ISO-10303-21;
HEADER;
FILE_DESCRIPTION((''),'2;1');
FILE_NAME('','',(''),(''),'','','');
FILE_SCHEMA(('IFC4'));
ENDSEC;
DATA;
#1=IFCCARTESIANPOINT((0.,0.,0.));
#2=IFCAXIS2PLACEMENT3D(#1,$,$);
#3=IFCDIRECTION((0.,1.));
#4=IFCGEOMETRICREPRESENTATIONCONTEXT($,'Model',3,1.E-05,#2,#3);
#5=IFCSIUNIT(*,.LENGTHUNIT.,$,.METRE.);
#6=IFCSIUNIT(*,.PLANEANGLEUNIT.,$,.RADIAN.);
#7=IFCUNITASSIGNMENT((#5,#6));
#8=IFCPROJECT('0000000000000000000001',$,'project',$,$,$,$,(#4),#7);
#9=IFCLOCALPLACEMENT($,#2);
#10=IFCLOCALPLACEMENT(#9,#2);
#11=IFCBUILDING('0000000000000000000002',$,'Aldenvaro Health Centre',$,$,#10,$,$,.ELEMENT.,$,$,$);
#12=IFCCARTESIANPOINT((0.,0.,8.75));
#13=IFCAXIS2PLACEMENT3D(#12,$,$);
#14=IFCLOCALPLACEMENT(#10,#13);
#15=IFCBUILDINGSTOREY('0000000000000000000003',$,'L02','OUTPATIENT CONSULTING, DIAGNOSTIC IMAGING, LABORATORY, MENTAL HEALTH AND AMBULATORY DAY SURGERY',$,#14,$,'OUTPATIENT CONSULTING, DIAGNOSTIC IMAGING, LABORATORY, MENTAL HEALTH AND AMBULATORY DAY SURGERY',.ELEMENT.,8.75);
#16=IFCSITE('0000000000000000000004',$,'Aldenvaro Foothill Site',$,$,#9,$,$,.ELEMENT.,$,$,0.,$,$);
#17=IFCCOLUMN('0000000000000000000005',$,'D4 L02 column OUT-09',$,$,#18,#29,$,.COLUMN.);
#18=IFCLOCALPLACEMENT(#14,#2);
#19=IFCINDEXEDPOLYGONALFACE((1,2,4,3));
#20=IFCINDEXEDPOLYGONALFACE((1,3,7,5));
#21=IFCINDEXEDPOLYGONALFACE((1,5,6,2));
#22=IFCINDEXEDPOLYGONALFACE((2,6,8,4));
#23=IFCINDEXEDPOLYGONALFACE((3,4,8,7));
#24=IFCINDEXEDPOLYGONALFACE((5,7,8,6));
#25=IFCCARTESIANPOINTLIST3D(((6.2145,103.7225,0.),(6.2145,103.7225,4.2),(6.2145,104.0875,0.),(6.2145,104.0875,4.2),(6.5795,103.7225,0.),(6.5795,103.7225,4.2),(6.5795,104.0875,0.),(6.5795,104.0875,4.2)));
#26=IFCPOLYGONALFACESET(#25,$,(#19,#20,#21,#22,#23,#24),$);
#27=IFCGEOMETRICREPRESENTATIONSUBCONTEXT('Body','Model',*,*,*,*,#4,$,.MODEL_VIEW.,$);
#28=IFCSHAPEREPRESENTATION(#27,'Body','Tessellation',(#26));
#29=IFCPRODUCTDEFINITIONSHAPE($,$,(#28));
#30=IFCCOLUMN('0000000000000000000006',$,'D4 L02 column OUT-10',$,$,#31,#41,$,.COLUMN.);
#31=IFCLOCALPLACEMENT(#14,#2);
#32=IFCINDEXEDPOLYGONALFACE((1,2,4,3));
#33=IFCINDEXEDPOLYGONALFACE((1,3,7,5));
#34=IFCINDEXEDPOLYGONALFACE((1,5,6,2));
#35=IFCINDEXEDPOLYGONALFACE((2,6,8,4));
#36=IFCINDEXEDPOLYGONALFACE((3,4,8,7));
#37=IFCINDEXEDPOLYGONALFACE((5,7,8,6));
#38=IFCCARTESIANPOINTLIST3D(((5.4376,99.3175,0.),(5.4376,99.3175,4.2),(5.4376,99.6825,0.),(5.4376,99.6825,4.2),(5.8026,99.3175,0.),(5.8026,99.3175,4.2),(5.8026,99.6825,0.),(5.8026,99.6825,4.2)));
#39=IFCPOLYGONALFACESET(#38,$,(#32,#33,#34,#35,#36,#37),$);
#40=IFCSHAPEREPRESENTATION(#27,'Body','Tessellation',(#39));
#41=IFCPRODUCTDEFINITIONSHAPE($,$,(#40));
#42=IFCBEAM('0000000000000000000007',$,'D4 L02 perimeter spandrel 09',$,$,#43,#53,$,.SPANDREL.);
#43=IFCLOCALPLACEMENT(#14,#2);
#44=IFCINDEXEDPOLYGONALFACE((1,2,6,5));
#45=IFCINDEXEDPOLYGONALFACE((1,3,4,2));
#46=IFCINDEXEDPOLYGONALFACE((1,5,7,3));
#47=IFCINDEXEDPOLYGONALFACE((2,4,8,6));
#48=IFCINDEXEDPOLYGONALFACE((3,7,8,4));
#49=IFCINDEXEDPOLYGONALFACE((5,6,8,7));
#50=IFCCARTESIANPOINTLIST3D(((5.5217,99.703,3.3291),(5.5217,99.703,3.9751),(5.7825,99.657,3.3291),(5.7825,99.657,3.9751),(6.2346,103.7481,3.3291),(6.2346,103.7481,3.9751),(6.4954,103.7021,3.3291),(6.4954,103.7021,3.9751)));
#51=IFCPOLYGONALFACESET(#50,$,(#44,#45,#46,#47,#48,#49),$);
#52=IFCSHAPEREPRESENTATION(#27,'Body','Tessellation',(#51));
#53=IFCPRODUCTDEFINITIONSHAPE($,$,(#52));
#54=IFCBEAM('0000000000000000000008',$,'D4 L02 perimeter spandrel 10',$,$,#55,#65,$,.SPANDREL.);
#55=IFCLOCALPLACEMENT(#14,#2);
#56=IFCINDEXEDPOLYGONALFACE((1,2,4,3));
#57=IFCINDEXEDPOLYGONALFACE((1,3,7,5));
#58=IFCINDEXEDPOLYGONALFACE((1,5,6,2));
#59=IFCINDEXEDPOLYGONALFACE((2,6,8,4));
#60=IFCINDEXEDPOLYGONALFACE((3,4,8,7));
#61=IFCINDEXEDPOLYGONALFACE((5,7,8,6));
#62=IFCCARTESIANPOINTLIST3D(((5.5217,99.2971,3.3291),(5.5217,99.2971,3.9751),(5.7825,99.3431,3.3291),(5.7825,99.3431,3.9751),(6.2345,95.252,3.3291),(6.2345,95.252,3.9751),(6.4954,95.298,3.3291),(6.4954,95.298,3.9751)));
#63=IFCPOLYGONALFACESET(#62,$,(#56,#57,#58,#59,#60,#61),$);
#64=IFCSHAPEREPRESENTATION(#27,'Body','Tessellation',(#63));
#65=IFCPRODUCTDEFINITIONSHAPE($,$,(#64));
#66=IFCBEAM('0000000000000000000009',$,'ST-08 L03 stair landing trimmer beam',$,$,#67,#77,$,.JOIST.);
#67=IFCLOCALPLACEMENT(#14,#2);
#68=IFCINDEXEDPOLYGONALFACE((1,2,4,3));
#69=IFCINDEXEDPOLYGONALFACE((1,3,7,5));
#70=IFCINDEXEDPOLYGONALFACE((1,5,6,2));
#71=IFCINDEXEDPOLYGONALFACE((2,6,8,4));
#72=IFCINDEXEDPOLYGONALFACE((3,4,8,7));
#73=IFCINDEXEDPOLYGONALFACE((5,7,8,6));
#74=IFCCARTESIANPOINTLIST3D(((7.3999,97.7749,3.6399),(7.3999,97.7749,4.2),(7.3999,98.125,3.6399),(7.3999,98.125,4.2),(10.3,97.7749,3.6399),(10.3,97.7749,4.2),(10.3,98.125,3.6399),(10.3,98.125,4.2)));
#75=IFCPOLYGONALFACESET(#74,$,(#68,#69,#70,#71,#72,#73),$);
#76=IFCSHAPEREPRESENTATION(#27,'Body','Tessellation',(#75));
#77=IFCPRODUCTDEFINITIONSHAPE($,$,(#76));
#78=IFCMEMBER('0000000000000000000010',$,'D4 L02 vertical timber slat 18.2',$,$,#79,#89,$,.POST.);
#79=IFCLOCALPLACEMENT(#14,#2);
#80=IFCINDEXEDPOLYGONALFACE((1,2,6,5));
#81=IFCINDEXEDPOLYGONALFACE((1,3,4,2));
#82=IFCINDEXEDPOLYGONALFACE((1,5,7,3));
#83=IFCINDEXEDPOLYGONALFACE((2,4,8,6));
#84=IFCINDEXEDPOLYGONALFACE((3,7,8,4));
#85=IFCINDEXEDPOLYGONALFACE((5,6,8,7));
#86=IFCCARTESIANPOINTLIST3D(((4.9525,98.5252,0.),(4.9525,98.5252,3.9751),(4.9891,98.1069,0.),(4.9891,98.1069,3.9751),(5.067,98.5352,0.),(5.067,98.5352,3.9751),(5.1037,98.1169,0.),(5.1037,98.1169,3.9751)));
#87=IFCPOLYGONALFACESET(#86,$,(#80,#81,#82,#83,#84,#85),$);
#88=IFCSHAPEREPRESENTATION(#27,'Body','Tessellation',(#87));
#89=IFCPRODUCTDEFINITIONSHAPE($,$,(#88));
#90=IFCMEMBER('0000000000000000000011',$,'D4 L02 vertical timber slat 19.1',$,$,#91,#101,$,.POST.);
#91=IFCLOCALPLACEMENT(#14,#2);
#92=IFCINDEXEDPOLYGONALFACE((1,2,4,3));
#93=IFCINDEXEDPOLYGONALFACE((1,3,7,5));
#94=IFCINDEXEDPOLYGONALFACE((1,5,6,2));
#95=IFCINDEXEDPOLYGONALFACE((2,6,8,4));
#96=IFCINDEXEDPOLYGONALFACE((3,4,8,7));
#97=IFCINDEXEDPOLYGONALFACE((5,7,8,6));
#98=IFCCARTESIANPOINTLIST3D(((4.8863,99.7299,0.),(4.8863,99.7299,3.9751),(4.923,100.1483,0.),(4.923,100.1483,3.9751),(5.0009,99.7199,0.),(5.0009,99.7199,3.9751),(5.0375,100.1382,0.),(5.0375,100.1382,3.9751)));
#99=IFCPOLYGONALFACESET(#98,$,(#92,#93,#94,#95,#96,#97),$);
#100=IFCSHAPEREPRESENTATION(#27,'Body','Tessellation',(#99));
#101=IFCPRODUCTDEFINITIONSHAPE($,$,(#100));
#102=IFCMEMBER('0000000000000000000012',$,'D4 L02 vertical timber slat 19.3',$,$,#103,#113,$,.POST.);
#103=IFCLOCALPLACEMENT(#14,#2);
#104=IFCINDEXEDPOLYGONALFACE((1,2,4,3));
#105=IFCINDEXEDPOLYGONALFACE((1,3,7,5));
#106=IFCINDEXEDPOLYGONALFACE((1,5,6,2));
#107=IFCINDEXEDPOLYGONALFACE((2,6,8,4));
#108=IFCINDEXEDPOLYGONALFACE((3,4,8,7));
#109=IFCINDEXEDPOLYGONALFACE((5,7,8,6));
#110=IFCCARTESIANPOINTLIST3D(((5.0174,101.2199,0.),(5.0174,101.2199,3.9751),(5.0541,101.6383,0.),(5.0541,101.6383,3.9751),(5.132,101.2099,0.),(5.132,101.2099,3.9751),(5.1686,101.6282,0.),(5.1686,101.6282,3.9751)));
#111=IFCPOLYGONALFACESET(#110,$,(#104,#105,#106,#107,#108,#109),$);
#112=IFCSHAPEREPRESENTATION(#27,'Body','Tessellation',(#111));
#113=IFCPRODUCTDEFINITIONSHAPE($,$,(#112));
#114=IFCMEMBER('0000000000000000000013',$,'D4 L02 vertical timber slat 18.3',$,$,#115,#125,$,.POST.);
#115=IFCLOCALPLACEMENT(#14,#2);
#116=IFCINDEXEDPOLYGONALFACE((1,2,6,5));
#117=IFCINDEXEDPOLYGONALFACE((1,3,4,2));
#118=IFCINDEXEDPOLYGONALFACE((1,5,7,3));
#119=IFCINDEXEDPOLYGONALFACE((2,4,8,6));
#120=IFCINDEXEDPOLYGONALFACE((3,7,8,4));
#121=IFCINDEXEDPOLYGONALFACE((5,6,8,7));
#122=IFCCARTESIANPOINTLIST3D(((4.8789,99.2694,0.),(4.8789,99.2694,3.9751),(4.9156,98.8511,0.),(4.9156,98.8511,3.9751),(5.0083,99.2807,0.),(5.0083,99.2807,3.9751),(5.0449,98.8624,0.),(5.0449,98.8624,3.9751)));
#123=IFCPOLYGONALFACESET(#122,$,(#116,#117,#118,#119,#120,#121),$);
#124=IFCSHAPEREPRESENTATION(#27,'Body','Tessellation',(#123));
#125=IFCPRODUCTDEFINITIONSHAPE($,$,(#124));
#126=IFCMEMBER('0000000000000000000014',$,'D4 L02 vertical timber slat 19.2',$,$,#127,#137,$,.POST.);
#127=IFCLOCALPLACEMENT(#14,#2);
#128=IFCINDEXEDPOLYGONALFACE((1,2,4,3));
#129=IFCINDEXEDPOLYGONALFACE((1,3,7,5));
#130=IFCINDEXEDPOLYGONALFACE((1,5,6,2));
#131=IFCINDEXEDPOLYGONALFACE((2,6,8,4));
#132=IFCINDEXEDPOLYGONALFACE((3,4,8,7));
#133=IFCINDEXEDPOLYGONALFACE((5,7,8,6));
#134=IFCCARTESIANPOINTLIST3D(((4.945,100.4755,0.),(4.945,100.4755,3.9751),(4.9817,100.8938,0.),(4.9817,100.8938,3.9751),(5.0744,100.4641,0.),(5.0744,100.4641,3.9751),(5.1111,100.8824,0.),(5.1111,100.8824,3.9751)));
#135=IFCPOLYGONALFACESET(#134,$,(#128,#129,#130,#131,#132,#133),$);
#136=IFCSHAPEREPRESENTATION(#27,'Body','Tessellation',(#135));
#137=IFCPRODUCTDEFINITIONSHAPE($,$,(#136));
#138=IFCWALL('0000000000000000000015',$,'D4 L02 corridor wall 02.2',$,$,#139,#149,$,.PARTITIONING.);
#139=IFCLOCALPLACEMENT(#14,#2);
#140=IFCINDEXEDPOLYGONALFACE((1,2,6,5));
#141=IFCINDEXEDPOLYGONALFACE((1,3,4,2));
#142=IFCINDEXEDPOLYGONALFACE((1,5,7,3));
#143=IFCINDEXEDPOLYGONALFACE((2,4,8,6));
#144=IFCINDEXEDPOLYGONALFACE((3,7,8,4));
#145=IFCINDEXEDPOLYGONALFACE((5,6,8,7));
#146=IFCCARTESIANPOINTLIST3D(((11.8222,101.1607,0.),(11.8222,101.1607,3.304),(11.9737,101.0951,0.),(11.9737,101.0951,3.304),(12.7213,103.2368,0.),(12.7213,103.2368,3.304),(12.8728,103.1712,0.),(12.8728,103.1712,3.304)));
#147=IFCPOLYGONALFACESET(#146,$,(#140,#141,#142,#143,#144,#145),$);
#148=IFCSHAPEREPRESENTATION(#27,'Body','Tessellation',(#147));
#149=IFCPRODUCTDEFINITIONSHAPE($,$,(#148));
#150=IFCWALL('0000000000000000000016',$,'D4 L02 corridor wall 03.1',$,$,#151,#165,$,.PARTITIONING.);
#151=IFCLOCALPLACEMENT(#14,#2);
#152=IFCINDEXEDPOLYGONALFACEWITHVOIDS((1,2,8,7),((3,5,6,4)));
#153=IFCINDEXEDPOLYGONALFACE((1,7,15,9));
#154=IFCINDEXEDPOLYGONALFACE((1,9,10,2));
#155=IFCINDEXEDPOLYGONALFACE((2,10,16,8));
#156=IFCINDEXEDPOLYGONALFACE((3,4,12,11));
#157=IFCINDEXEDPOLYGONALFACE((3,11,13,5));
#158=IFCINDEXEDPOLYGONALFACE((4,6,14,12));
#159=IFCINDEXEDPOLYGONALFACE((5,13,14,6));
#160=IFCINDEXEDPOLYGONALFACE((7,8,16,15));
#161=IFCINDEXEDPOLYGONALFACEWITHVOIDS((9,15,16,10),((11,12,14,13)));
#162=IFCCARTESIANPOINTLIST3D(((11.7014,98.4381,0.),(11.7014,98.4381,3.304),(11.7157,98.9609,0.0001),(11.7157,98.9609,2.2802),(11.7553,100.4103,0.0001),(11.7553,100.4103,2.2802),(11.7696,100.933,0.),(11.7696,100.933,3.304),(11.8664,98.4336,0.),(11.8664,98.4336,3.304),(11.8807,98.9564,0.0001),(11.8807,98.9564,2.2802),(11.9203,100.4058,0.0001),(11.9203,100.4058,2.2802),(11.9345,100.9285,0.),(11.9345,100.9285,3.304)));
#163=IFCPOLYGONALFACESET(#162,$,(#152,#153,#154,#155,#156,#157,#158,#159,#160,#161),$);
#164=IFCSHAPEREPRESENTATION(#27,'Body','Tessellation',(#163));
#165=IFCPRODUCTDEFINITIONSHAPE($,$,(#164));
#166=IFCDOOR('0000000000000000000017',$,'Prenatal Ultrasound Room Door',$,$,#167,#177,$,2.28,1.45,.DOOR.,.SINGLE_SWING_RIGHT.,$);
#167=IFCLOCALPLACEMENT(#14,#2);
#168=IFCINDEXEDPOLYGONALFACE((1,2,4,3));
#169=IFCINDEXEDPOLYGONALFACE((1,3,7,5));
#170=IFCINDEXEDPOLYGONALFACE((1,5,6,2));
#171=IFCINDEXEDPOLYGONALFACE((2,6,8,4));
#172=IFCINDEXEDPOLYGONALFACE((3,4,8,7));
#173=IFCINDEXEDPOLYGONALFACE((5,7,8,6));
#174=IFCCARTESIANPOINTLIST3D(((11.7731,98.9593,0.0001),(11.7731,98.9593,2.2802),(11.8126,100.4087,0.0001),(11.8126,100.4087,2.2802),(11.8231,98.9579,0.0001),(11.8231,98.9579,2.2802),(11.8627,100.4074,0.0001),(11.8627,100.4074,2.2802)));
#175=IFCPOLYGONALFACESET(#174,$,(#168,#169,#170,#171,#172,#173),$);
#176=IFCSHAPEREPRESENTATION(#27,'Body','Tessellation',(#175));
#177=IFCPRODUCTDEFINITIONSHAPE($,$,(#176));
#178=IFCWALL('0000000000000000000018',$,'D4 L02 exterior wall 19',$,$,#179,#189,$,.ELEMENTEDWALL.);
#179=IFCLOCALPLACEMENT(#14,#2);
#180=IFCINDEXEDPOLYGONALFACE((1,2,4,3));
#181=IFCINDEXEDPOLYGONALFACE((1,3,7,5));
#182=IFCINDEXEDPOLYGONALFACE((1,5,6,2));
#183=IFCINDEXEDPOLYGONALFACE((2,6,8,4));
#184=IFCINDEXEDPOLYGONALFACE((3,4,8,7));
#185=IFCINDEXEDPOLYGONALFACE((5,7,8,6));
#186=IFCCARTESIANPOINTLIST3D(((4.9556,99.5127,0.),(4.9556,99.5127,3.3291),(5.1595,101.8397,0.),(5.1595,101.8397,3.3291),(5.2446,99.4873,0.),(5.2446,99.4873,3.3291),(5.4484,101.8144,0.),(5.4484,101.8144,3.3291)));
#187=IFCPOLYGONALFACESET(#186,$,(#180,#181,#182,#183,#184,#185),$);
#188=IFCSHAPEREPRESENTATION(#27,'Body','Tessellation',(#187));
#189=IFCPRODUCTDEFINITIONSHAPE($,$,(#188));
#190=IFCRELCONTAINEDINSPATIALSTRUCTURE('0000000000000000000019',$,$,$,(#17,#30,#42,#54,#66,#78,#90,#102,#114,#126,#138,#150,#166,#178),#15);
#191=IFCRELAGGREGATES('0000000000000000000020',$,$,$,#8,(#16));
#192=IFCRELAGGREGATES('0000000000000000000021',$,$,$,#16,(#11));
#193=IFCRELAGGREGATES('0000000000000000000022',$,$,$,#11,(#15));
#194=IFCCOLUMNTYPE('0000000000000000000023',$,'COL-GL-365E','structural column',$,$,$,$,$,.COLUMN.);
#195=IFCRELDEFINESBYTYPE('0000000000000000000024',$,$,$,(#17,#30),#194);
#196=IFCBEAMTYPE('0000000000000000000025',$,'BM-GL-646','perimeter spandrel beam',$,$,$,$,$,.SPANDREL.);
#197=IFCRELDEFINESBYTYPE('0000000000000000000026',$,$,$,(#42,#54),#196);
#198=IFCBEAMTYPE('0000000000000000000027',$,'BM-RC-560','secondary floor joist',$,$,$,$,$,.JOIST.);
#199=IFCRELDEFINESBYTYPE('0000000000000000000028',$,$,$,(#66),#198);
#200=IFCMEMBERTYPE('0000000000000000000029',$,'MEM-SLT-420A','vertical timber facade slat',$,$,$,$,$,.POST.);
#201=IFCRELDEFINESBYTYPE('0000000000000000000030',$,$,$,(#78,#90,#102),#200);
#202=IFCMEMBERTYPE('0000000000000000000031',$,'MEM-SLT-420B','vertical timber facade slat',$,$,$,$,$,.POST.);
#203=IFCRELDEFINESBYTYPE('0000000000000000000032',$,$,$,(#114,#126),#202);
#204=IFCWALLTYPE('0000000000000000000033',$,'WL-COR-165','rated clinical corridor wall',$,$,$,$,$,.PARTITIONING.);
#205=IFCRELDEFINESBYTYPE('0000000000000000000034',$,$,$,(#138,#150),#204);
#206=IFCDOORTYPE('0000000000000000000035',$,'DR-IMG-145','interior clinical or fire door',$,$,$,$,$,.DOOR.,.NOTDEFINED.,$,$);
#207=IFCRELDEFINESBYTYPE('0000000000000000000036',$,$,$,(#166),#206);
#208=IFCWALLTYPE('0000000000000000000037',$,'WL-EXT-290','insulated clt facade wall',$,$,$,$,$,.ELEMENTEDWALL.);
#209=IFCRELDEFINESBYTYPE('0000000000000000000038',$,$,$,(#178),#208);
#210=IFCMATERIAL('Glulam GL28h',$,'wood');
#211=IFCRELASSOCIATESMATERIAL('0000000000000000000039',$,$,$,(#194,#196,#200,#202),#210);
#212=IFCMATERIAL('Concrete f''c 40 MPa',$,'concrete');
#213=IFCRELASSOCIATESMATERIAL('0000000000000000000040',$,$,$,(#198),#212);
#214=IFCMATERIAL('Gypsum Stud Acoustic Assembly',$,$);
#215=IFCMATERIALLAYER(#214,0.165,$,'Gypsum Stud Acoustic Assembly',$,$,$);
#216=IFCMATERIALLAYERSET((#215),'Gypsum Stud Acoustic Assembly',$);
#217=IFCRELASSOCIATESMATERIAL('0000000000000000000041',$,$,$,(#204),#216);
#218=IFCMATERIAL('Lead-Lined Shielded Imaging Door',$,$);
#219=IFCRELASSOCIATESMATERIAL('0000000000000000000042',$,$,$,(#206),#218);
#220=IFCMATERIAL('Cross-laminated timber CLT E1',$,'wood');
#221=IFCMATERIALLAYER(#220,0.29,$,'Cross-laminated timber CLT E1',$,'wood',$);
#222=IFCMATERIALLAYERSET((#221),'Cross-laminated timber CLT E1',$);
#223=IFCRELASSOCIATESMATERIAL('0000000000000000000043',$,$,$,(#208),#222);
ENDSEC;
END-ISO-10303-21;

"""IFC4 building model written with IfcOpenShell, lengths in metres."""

from ifc_helpers import new_model, si_unit, direction, frame, frame_2d, origin, origin_2d, place, context, subcontext, project, spatial, rectangle, extrude, material, layer, layer_set, material_profile, profile_set, type_object, element, fill, save


model = new_model("IFC4")

# Units and contexts
model_context = context("Model", 3, precision=1e-05, world=origin(), true_north=direction((0.0, 1.0)))
body_context = subcontext(model_context, "Body", "Model", "MODEL_VIEW")
ifc_project = project(units=[si_unit("LENGTHUNIT", "METRE"), si_unit("PLANEANGLEUNIT", "RADIAN")], contexts=[model_context])

# Site, building, storey
site_placement = place(None, origin())
site = spatial("IfcSite", under=ifc_project, at=site_placement, Name="Aldenvaro Foothill Site", CompositionType="ELEMENT", RefElevation=0.0)
building_placement = place(site_placement, origin())
building = spatial("IfcBuilding", under=site, at=building_placement, Name="Aldenvaro Health Centre", CompositionType="ELEMENT")
storey_placement = place(building_placement, frame((0.0, 0.0, 8.75)))
storey = spatial("IfcBuildingStorey", under=building, at=storey_placement, Name="L02", Description="OUTPATIENT CONSULTING, DIAGNOSTIC IMAGING, LABORATORY, MENTAL HEALTH AND AMBULATORY DAY SURGERY", LongName="OUTPATIENT CONSULTING, DIAGNOSTIC IMAGING, LABORATORY, MENTAL HEALTH AND AMBULATORY DAY SURGERY", CompositionType="ELEMENT", Elevation=8.75)

# Columns
ifc_material_1 = material(Name="Glulam GL28h", Category="wood")
ifc_material_profile_1 = material_profile(ifc_material_1, rectangle(XDim=0.365, YDim=0.365, at=origin_2d()), Name="GL 365x365", Category="wood")
ifc_profile_set_1 = profile_set([ifc_material_profile_1], Name="Glulam GL28h")
column_type = type_object("IfcColumnType", Name="COL-GL-365E", Description="structural column", PredefinedType="COLUMN", material=ifc_profile_set_1)
for number, where, z_axis, x_axis, name in (
    (1, (6.397, 103.905, 0.0), (0.0, 0.0, 1.0), (1.0, 0.0, 0.0), "D4 L02 column OUT-09"),
    (2, (5.6201, 99.5, 0.0), (0.0, 0.0, 1.0), (1.0, 0.0, 0.0), "D4 L02 column OUT-10"),
):
    element("IfcColumn", number, at=place(storey_placement, frame(where, z_axis=z_axis, x_axis=x_axis)), inside=storey, type_object=column_type, Name=name, PredefinedType="COLUMN", context=body_context, shape_type="SweptSolid", body=[
        extrude(rectangle(XDim=0.365, YDim=0.365, at=origin_2d()), origin(), (0.0, 0.0, 1.0), 4.2),
    ])

# Beams
ifc_material_profile_2 = material_profile(ifc_material_1, rectangle(XDim=0.2649, YDim=0.646, at=origin_2d()), Name="GL 265x646", Category="wood")
ifc_profile_set_2 = profile_set([ifc_material_profile_2], Name="Glulam GL28h")
beam_type_1 = type_object("IfcBeamType", Name="BM-GL-646", Description="perimeter spandrel beam", PredefinedType="SPANDREL", material=ifc_profile_set_2)
for number, where, z_axis, x_axis, name in (
    (3, (6.365, 103.7251, 3.6521), (-0.173558, -0.984824, 0.0), (0.984824, -0.173558, 0.0), "D4 L02 perimeter spandrel 09"),
    (4, (5.6521, 99.3201, 3.6521), (0.173558, -0.984824, 0.0), (0.984824, 0.173558, 0.0), "D4 L02 perimeter spandrel 10"),
):
    element("IfcBeam", number, at=place(storey_placement, frame(where, z_axis=z_axis, x_axis=x_axis)), inside=storey, type_object=beam_type_1, Name=name, PredefinedType="SPANDREL", context=body_context, shape_type="SweptSolid", body=[
        extrude(rectangle(XDim=0.2649, YDim=0.646, at=origin_2d()), origin(), (0.0, 0.0, 1.0), 4.1074),
    ])
ifc_material_2 = material(Name="Concrete f'c 40 MPa", Category="concrete")
ifc_material_profile_3 = material_profile(ifc_material_2, rectangle(XDim=0.3501, YDim=0.5601, at=origin_2d()), Name="RC 350x560", Category="concrete")
ifc_profile_set_3 = profile_set([ifc_material_profile_3], Name="Concrete f'c 40 MPa")
beam_type_2 = type_object("IfcBeamType", Name="BM-RC-560", Description="secondary floor joist", PredefinedType="JOIST", material=ifc_profile_set_3)
beam_placement = place(storey_placement, frame((10.3, 97.95, 3.9199), z_axis=(-1.0, 0.0, 0.0), x_axis=(0.0, -1.0, 0.0)))
element("IfcBeam", 5, at=beam_placement, inside=storey, type_object=beam_type_2, Name="ST-08 L03 stair landing trimmer beam", PredefinedType="JOIST", context=body_context, shape_type="SweptSolid", body=[
    extrude(rectangle(XDim=0.3501, YDim=0.5601, at=origin_2d()), origin(), (0.0, 0.0, 1.0), 2.9001),
])

# Members
ifc_material_profile_4 = material_profile(ifc_material_1, rectangle(XDim=0.115, YDim=0.4199, at=origin_2d()), Name="GL 115x420", Category="wood")
ifc_profile_set_4 = profile_set([ifc_material_profile_4], Name="Glulam GL28h")
member_type_1 = type_object("IfcMemberType", Name="MEM-SLT-420A", Description="vertical timber facade slat", PredefinedType="POST", material=ifc_profile_set_4)
for number, where, z_axis, x_axis, name in (
    (6, (5.0281, 98.321, 0.0), (0.0, 0.0, 1.0), (-0.996179, -0.087332, 0.0), "D4 L02 vertical timber slat 18.2"),
    (7, (4.9619, 99.9341, 0.0), (0.0, 0.0, 1.0), (-0.996179, 0.087332, 0.0), "D4 L02 vertical timber slat 19.1"),
    (8, (5.093, 101.4241, 0.0), (0.0, 0.0, 1.0), (-0.996179, 0.087332, 0.0), "D4 L02 vertical timber slat 19.3"),
):
    element("IfcMember", number, at=place(storey_placement, frame(where, z_axis=z_axis, x_axis=x_axis)), inside=storey, type_object=member_type_1, Name=name, PredefinedType="POST", context=body_context, shape_type="SweptSolid", body=[
        extrude(rectangle(XDim=0.115, YDim=0.4199, at=origin_2d()), origin(), (0.0, 0.0, 1.0), 3.9751),
    ])
ifc_material_profile_5 = material_profile(ifc_material_1, rectangle(XDim=0.1299, YDim=0.4199, at=origin_2d()), Name="GL 130x420", Category="wood")
ifc_profile_set_5 = profile_set([ifc_material_profile_5], Name="Glulam GL28h")
member_type_2 = type_object("IfcMemberType", Name="MEM-SLT-420B", Description="vertical timber facade slat", PredefinedType="POST", material=ifc_profile_set_5)
for number, where, z_axis, x_axis, name in (
    (9, (4.9619, 99.0659, 0.0), (0.0, 0.0, 1.0), (-0.996179, -0.087332, 0.0), "D4 L02 vertical timber slat 18.3"),
    (10, (5.0281, 100.679, 0.0), (0.0, 0.0, 1.0), (-0.996179, 0.087332, 0.0), "D4 L02 vertical timber slat 19.2"),
):
    element("IfcMember", number, at=place(storey_placement, frame(where, z_axis=z_axis, x_axis=x_axis)), inside=storey, type_object=member_type_2, Name=name, PredefinedType="POST", context=body_context, shape_type="SweptSolid", body=[
        extrude(rectangle(XDim=0.1299, YDim=0.4199, at=origin_2d()), origin(), (0.0, 0.0, 1.0), 3.9751),
    ])

# Wall
ifc_material_3 = material(Name="Gypsum Stud Acoustic Assembly")
ifc_layer_1 = layer(ifc_material_3, 0.165, Name="Gypsum Stud Acoustic Assembly")
ifc_layer_set_1 = layer_set([ifc_layer_1], Name="Gypsum Stud Acoustic Assembly")
wall_type_1 = type_object("IfcWallType", Name="WL-COR-165", Description="rated clinical corridor wall", PredefinedType="PARTITIONING", material=ifc_layer_set_1)
wall_1_placement = place(storey_placement, frame((12.7971, 103.2041, 0.0), z_axis=(0.0, 0.0, 1.0), x_axis=(-0.39742, -0.917637, 0.0)))
element("IfcWall", 11, at=wall_1_placement, inside=storey, type_object=wall_type_1, Name="D4 L02 corridor wall 02.2", PredefinedType="PARTITIONING", context=body_context, shape_type="SweptSolid", body=[
    extrude(rectangle(XDim=2.2625, YDim=0.165, at=frame_2d((1.1313, 0.0))), origin(), (0.0, 0.0, 1.0), 3.304),
])

# Wall, opening, door
wall_2_placement = place(storey_placement, frame((11.8521, 100.9309, 0.0), z_axis=(0.0, 0.0, 1.0), x_axis=(-0.027292, -0.999628, 0.0)))
wall_2 = element("IfcWall", 12, at=wall_2_placement, inside=storey, type_object=wall_type_1, Name="D4 L02 corridor wall 03.1", PredefinedType="PARTITIONING", context=body_context, shape_type="SweptSolid", body=[
    extrude(rectangle(XDim=2.4958, YDim=0.165, at=frame_2d((1.248, 0.0))), origin(), (0.0, 0.0, 1.0), 3.304),
])
opening_1_placement = place(wall_2_placement, frame((0.5229, 0.0, 0.0)))
opening_1 = element("IfcOpeningElement", 13, at=opening_1_placement, cuts=wall_2, PredefinedType="OPENING", context=body_context, shape_type="SweptSolid", body=[
    extrude(rectangle(XDim=1.45, YDim=2.28, at=frame_2d((0.7251, 1.1401))), frame((0.0, 0.0925, 0.0), z_axis=(0.0, -1.0, 0.0), x_axis=(1.0, 0.0, 0.0)), (0.0, 0.0, 1.0), 0.1851),
])
ifc_material_4 = material(Name="Lead-Lined Shielded Imaging Door")
door_type_1 = type_object("IfcDoorType", Name="DR-IMG-145", Description="interior clinical or fire door", OperationType="NOTDEFINED", PredefinedType="DOOR", material=ifc_material_4)
door_1_placement = place(opening_1_placement, origin())
door_1 = element("IfcDoor", 14, at=door_1_placement, inside=storey, type_object=door_type_1, Name="Prenatal Ultrasound Room Door", OperationType="SINGLE_SWING_RIGHT", OverallHeight=2.28, OverallWidth=1.45, PredefinedType="DOOR", context=body_context, shape_type="SweptSolid", body=[
    extrude(rectangle(XDim=1.45, YDim=2.28, at=frame_2d((0.7251, 1.1401))), frame((0.0, 0.0249, 0.0), z_axis=(0.0, -1.0, 0.0), x_axis=(1.0, 0.0, 0.0)), (0.0, 0.0, 1.0), 0.05),
])
fill(opening_1, door_1)

# Wall
ifc_material_5 = material(Name="Cross-laminated timber CLT E1", Category="wood")
ifc_layer_2 = layer(ifc_material_5, 0.29, Name="Cross-laminated timber CLT E1", Category="wood")
ifc_layer_set_2 = layer_set([ifc_layer_2], Name="Cross-laminated timber CLT E1")
wall_type_2 = type_object("IfcWallType", Name="WL-EXT-290", Description="insulated clt facade wall", PredefinedType="ELEMENTEDWALL", material=ifc_layer_set_2)
wall_3_placement = place(storey_placement, frame((5.1001, 99.5, 0.0), z_axis=(0.0, 0.0, 1.0), x_axis=(0.087275, 0.996184, 0.0)))
element("IfcWall", 15, at=wall_3_placement, inside=storey, type_object=wall_type_2, Name="D4 L02 exterior wall 19", PredefinedType="ELEMENTEDWALL", context=body_context, shape_type="SweptSolid", body=[
    extrude(rectangle(XDim=2.3359, YDim=0.29, at=frame_2d((1.168, 0.0))), origin(), (0.0, 0.0, 1.0), 3.3291),
])

save(model, "model.ifc")
